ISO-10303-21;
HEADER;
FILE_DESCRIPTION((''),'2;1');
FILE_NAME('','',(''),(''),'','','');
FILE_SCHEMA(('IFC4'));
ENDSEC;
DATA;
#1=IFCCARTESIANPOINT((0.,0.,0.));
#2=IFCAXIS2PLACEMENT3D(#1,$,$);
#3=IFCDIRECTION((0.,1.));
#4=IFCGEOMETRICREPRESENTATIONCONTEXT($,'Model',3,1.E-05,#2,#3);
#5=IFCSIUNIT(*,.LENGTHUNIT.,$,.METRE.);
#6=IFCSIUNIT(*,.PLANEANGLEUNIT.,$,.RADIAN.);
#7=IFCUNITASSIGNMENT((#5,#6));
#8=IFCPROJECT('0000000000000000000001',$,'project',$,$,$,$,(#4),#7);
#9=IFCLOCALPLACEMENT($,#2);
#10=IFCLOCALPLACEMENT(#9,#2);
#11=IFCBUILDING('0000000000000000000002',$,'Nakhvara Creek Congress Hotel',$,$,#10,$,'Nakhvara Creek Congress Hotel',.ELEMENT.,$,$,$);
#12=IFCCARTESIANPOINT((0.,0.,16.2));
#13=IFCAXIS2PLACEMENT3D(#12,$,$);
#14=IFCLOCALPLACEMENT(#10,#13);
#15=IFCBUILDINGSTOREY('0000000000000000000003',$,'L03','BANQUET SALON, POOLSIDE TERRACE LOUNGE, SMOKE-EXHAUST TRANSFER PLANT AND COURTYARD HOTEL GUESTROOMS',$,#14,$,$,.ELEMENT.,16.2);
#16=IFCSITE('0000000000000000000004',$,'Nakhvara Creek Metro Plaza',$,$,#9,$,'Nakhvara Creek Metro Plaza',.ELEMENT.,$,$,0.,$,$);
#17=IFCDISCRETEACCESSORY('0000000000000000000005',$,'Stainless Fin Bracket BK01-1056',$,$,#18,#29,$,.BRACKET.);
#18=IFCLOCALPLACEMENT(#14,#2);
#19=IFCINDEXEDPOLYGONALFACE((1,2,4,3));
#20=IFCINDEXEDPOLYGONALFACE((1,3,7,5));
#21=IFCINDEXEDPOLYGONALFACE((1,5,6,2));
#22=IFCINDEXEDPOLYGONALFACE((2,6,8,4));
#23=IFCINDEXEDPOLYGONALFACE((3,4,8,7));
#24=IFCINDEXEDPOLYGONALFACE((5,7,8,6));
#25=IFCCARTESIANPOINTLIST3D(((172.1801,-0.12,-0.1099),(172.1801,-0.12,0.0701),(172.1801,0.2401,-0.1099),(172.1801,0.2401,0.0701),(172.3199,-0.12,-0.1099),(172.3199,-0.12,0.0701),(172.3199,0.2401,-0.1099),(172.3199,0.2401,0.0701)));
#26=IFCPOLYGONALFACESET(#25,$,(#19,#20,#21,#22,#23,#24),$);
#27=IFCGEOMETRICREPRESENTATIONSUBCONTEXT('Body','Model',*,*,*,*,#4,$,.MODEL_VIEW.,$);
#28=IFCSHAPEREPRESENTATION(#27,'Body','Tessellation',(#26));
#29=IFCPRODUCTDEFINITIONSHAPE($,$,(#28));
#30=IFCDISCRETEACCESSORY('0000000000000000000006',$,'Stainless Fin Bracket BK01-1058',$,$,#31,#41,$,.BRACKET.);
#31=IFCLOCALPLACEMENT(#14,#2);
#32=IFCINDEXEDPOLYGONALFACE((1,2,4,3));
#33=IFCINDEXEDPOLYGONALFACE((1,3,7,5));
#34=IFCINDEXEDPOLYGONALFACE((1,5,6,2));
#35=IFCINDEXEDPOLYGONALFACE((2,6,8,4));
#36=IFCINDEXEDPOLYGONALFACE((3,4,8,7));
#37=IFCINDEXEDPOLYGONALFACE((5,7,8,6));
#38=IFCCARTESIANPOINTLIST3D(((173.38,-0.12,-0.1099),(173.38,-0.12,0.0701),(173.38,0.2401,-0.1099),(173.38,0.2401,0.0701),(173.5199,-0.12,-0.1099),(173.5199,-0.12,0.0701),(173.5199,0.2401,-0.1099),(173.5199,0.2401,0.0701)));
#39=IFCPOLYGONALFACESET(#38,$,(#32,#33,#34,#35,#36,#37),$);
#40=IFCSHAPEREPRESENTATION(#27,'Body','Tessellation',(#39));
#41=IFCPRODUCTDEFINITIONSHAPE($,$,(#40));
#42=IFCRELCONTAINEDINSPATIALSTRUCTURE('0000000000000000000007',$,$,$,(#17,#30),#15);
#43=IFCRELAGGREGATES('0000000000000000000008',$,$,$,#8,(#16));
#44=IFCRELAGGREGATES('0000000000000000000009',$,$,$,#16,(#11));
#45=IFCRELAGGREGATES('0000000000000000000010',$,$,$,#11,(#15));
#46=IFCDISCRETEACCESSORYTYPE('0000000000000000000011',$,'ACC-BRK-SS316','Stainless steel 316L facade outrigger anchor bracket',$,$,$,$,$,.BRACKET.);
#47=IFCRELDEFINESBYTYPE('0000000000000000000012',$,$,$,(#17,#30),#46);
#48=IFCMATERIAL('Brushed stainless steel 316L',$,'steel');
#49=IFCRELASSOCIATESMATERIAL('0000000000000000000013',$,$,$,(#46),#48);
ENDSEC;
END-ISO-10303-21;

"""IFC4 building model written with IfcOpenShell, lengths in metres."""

from ifc_helpers import new_model, si_unit, direction, frame, origin, origin_2d, place, context, subcontext, project, spatial, rectangle, extrude, material, type_object, element, save


model = new_model("IFC4")

# Units and contexts
model_context = context("Model", 3, precision=1e-05, world=origin(), true_north=direction((0.0, 1.0)))
body_context = subcontext(model_context, "Body", "Model", "MODEL_VIEW")
ifc_project = project(units=[si_unit("LENGTHUNIT", "METRE"), si_unit("PLANEANGLEUNIT", "RADIAN")], contexts=[model_context])

# Site, building, storey
site_placement = place(None, origin())
site = spatial("IfcSite", under=ifc_project, at=site_placement, Name="Nakhvara Creek Metro Plaza", LongName="Nakhvara Creek Metro Plaza", CompositionType="ELEMENT", RefElevation=0.0)
building_placement = place(site_placement, origin())
building = spatial("IfcBuilding", under=site, at=building_placement, Name="Nakhvara Creek Congress Hotel", LongName="Nakhvara Creek Congress Hotel", CompositionType="ELEMENT")
storey_placement = place(building_placement, frame((0.0, 0.0, 16.2)))
storey = spatial("IfcBuildingStorey", under=building, at=storey_placement, Name="L03", Description="BANQUET SALON, POOLSIDE TERRACE LOUNGE, SMOKE-EXHAUST TRANSFER PLANT AND COURTYARD HOTEL GUESTROOMS", CompositionType="ELEMENT", Elevation=16.2)

# Discrete accessories
ifc_material_1 = material(Name="Brushed stainless steel 316L", Category="steel")
discrete_accessory_type = type_object("IfcDiscreteAccessoryType", Name="ACC-BRK-SS316", Description="Stainless steel 316L facade outrigger anchor bracket", PredefinedType="BRACKET", material=ifc_material_1)
for number, where, z_axis, x_axis, name in (
    (1, (172.25, 0.0601, -0.1099), (0.0, 0.0, 1.0), (1.0, 0.0, 0.0), "Stainless Fin Bracket BK01-1056"),
    (2, (173.45, 0.0601, -0.1099), (0.0, 0.0, 1.0), (1.0, 0.0, 0.0), "Stainless Fin Bracket BK01-1058"),
):
    element("IfcDiscreteAccessory", number, at=place(storey_placement, frame(where, z_axis=z_axis, x_axis=x_axis)), inside=storey, type_object=discrete_accessory_type, Name=name, PredefinedType="BRACKET", context=body_context, shape_type="SweptSolid", body=[
        extrude(rectangle(XDim=0.1399, YDim=0.3601, at=origin_2d()), origin(), (0.0, 0.0, 1.0), 0.1799),
    ])

save(model, "model.ifc")
